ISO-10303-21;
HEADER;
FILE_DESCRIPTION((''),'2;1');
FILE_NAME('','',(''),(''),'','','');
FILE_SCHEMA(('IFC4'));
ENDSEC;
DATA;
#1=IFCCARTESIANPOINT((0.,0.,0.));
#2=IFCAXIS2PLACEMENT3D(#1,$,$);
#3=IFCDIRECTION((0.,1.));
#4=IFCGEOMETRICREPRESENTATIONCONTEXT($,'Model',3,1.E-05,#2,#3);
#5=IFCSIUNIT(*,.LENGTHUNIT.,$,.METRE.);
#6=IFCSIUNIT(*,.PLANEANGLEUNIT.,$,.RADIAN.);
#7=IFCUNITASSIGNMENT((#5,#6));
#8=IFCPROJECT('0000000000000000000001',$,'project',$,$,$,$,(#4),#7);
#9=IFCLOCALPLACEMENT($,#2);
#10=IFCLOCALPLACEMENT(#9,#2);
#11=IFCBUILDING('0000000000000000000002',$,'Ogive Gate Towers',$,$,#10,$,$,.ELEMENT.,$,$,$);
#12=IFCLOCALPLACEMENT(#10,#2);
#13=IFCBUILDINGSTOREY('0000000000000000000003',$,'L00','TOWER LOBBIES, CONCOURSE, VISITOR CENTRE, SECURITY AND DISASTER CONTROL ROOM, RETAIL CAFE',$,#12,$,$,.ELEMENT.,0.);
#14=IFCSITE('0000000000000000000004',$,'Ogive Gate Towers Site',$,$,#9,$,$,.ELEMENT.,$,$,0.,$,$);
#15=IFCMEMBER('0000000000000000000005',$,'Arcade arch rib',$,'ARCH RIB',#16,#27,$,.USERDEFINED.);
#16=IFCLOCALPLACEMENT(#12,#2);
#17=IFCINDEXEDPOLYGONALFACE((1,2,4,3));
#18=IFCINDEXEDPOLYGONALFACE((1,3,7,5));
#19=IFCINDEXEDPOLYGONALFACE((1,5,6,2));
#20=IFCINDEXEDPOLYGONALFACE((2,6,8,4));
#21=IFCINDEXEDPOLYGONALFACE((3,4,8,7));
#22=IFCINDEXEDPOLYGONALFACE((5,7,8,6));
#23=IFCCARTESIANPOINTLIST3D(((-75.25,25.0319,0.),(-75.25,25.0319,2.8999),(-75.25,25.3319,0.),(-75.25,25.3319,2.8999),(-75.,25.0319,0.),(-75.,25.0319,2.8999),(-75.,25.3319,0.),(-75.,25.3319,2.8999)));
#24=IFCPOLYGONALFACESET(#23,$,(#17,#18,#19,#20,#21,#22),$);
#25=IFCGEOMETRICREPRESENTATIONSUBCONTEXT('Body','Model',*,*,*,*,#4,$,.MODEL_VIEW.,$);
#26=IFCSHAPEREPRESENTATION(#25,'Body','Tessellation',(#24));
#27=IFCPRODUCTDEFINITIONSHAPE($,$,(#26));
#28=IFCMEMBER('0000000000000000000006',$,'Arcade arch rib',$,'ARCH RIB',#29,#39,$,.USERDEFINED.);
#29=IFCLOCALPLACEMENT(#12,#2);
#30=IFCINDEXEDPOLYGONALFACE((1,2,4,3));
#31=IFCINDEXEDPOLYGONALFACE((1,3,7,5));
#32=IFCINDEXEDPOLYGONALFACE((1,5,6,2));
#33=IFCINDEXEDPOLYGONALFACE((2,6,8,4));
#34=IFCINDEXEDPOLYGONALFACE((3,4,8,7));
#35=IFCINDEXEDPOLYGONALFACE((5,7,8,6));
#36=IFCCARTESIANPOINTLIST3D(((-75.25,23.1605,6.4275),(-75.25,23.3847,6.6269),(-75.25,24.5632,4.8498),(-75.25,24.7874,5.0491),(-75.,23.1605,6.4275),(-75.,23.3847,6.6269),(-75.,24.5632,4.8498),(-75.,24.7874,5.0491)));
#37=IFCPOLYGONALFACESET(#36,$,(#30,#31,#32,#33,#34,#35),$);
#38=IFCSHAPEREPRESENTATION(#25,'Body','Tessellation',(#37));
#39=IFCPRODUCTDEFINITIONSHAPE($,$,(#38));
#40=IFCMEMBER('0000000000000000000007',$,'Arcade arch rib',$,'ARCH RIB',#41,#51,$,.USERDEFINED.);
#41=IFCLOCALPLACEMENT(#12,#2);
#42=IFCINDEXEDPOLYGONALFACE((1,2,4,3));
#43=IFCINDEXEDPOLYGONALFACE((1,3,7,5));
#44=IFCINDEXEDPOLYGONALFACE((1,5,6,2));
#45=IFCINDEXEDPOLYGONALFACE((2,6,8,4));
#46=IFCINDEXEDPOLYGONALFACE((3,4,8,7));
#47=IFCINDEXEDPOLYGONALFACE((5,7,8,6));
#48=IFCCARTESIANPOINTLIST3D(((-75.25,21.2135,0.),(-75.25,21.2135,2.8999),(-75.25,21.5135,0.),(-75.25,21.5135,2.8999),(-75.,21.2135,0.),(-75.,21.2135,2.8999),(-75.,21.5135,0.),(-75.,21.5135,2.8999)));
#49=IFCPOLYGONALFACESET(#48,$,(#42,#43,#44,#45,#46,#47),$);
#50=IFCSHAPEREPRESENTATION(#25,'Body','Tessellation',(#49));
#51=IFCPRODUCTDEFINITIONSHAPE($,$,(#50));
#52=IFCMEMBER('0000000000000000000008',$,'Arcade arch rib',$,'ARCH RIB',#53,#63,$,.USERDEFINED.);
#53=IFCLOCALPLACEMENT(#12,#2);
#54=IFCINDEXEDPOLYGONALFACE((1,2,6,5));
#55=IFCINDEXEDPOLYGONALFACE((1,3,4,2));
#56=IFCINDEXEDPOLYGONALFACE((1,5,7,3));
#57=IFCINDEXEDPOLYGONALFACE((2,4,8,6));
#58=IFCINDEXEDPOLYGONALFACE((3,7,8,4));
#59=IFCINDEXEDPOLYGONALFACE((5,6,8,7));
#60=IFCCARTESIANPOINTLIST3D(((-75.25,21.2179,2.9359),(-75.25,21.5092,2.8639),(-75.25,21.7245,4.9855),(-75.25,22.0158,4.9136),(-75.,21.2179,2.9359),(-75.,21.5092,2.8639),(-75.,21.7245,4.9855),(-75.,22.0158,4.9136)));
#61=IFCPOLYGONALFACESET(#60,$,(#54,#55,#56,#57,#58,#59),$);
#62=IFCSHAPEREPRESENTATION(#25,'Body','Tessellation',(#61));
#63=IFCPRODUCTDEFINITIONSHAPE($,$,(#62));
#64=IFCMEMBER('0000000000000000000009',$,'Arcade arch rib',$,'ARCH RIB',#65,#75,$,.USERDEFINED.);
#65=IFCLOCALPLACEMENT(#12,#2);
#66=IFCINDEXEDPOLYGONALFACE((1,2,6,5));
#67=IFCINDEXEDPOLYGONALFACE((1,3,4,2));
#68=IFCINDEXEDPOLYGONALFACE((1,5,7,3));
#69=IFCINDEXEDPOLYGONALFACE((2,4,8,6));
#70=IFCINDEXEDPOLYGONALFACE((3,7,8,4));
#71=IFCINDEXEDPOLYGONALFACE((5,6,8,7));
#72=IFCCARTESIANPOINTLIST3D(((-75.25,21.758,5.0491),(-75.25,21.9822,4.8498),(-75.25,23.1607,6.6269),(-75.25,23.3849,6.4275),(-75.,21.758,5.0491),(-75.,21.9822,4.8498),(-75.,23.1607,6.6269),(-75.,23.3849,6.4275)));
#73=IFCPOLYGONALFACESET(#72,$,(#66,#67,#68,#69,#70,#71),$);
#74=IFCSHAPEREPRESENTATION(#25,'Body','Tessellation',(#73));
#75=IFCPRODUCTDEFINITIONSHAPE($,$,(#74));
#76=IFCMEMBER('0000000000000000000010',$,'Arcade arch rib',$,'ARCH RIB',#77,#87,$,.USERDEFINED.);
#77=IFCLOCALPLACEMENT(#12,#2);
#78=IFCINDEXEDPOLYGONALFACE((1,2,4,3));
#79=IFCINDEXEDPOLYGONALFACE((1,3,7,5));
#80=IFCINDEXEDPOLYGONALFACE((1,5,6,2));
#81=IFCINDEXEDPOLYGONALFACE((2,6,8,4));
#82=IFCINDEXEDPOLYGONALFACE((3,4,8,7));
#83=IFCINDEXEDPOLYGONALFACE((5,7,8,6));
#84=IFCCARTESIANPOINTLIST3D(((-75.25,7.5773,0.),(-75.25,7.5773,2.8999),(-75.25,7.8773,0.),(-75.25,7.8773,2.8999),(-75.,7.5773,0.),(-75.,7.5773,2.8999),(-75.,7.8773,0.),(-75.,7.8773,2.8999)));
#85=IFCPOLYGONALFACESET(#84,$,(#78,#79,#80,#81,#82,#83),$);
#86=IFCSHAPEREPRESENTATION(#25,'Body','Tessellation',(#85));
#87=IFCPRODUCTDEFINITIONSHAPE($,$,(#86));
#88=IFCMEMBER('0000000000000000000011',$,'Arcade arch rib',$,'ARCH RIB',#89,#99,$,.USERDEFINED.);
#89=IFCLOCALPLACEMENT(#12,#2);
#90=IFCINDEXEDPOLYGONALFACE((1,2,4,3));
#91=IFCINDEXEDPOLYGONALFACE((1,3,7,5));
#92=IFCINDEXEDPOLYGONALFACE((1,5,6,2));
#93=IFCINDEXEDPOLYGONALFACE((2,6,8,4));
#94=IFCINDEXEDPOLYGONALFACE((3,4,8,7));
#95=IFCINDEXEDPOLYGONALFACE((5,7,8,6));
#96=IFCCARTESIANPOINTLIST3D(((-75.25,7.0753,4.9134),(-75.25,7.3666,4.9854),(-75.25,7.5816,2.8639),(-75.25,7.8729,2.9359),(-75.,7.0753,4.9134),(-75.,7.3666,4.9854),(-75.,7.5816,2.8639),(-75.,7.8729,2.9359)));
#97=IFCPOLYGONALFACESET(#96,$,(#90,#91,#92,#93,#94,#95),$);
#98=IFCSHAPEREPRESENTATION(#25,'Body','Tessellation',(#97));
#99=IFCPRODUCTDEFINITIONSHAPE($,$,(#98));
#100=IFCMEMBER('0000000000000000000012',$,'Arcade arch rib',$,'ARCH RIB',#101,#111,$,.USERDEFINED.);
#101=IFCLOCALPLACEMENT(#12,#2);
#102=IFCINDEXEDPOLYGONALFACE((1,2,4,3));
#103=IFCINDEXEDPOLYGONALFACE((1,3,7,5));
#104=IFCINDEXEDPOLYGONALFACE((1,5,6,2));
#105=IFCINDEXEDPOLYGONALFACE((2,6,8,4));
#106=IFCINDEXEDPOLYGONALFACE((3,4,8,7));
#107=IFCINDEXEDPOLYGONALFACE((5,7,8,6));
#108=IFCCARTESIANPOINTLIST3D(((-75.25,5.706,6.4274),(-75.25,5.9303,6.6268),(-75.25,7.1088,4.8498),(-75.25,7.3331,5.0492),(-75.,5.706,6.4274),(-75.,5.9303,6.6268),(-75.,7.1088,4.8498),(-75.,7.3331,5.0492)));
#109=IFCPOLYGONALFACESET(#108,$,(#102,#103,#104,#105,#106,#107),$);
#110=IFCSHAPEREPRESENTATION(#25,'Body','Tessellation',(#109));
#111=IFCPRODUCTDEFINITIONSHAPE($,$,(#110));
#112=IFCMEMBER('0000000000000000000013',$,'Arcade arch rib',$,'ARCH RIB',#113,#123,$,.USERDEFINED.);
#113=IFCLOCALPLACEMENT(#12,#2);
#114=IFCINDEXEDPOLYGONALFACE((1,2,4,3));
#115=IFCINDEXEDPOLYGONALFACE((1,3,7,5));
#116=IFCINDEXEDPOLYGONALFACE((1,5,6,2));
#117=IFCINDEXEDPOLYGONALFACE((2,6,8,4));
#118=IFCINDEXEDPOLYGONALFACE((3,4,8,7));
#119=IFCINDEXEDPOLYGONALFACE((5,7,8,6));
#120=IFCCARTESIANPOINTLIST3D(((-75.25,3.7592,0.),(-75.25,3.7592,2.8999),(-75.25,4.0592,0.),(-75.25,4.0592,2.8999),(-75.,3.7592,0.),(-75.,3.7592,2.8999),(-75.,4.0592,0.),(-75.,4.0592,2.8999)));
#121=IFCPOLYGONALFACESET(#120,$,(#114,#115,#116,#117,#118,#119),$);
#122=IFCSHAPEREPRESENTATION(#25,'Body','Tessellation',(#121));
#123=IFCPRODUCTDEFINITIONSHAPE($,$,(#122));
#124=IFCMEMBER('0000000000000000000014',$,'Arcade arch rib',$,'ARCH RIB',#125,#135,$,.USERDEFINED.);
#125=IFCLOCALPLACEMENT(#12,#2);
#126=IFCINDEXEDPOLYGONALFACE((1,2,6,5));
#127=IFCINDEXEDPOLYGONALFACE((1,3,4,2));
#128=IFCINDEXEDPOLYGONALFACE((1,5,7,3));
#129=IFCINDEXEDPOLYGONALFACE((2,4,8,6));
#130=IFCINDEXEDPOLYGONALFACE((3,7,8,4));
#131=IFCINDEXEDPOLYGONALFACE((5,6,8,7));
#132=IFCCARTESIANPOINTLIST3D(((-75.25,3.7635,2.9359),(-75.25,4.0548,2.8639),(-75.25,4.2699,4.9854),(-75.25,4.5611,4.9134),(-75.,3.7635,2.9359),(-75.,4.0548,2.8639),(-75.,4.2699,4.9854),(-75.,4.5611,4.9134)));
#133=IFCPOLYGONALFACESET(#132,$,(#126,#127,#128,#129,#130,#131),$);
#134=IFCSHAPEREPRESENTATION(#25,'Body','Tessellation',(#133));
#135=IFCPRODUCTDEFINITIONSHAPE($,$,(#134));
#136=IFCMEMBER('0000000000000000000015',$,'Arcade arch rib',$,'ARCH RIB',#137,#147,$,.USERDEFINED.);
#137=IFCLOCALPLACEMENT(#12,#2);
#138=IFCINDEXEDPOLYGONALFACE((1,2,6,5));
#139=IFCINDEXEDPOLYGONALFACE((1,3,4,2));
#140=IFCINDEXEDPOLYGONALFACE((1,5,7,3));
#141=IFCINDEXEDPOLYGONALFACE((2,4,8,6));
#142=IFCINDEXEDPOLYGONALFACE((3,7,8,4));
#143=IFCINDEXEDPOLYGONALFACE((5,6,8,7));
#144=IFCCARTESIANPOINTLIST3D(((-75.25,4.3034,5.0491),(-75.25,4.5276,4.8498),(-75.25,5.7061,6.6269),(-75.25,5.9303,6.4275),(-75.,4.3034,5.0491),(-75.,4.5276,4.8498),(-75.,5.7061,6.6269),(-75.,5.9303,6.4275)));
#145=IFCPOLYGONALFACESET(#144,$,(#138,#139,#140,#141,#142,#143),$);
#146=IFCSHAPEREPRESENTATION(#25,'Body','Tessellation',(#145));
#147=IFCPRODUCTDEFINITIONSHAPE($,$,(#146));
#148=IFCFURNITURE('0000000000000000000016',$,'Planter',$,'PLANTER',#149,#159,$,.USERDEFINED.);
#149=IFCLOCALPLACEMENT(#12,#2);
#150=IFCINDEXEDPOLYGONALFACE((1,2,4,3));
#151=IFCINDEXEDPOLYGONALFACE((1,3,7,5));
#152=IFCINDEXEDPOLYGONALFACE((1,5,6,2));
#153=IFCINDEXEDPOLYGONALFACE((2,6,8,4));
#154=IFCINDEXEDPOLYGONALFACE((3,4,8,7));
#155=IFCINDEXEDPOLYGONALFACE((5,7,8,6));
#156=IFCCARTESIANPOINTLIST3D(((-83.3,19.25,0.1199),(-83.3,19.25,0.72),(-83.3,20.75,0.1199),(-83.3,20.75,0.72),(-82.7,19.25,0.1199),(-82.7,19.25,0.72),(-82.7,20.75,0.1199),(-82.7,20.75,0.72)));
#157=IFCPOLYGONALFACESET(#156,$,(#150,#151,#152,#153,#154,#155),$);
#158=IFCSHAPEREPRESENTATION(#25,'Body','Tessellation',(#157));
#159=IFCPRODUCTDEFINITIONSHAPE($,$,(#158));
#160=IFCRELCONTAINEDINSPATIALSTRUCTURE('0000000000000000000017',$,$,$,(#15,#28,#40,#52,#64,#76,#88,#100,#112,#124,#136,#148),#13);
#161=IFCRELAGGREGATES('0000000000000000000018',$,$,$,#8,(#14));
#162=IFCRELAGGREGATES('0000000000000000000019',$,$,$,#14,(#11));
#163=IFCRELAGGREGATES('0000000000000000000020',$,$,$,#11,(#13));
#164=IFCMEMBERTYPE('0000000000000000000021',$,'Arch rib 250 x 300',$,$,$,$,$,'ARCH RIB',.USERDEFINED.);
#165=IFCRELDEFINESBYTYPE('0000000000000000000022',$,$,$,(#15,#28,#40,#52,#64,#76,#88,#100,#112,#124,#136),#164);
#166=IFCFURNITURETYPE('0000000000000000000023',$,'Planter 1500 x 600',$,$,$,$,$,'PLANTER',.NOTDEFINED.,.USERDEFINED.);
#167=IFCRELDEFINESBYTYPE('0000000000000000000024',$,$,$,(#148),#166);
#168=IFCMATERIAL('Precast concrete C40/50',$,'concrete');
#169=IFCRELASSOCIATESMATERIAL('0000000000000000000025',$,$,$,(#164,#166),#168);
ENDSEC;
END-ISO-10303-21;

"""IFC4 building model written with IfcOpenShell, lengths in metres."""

from ifc_helpers import new_model, si_unit, direction, frame, origin, origin_2d, place, context, subcontext, project, spatial, rectangle, extrude, material, material_profile, profile_set, type_object, element, save


model = new_model("IFC4")

# Units and contexts
model_context = context("Model", 3, precision=1e-05, world=origin(), true_north=direction((0.0, 1.0)))
body_context = subcontext(model_context, "Body", "Model", "MODEL_VIEW")
ifc_project = project(units=[si_unit("LENGTHUNIT", "METRE"), si_unit("PLANEANGLEUNIT", "RADIAN")], contexts=[model_context])

# Site, building, storey
site_placement = place(None, origin())
site = spatial("IfcSite", under=ifc_project, at=site_placement, Name="Ogive Gate Towers Site", CompositionType="ELEMENT", RefElevation=0.0)
building_placement = place(site_placement, origin())
building = spatial("IfcBuilding", under=site, at=building_placement, Name="Ogive Gate Towers", CompositionType="ELEMENT")
storey_placement = place(building_placement, origin())
storey = spatial("IfcBuildingStorey", under=building, at=storey_placement, Name="L00", Description="TOWER LOBBIES, CONCOURSE, VISITOR CENTRE, SECURITY AND DISASTER CONTROL ROOM, RETAIL CAFE", CompositionType="ELEMENT", Elevation=0.0)

# Members
ifc_material_1 = material(Name="Precast concrete C40/50", Category="concrete")
ifc_material_profile = material_profile(ifc_material_1, rectangle(XDim=0.25, YDim=0.3, at=origin_2d()), Name="250 x 300 cast stone")
ifc_profile_set = profile_set([ifc_material_profile], Name="Precast concrete C40/50")
member_type = type_object("IfcMemberType", Name="Arch rib 250 x 300", ElementType="ARCH RIB", PredefinedType="USERDEFINED", material=ifc_profile_set)
member_1_placement = place(storey_placement, frame((-75.125, 25.1819, 0.0), z_axis=(0.0, 0.0, 1.0), x_axis=(1.0, 0.0, 0.0)))
element("IfcMember", 1, at=member_1_placement, inside=storey, type_object=member_type, Name="Arcade arch rib", ObjectType="ARCH RIB", PredefinedType="USERDEFINED", context=body_context, shape_type="SweptSolid", body=[
    extrude(rectangle(XDim=0.25, YDim=0.3, at=origin_2d()), origin(), (0.0, 0.0, 1.0), 2.8999),
])
member_2_placement = place(storey_placement, frame((-75.125, 24.6753, 4.9495), z_axis=(0.0, -0.664428, 0.747352), x_axis=(1.0, 0.0, 0.0)))
element("IfcMember", 2, at=member_2_placement, inside=storey, type_object=member_type, Name="Arcade arch rib", ObjectType="ARCH RIB", PredefinedType="USERDEFINED", context=body_context, shape_type="SweptSolid", body=[
    extrude(rectangle(XDim=0.25, YDim=0.3, at=origin_2d()), origin(), (0.0, 0.0, 1.0), 2.1111),
])
member_3_placement = place(storey_placement, frame((-75.125, 21.3635, 0.0), z_axis=(0.0, 0.0, 1.0), x_axis=(1.0, 0.0, 0.0)))
element("IfcMember", 3, at=member_3_placement, inside=storey, type_object=member_type, Name="Arcade arch rib", ObjectType="ARCH RIB", PredefinedType="USERDEFINED", context=body_context, shape_type="SweptSolid", body=[
    extrude(rectangle(XDim=0.25, YDim=0.3, at=origin_2d()), origin(), (0.0, 0.0, 1.0), 2.8999),
])
member_4_placement = place(storey_placement, frame((-75.125, 21.3635, 2.8999), z_axis=(0.0, 0.23995, 0.970785), x_axis=(-1.0, 0.0, 0.0)))
element("IfcMember", 4, at=member_4_placement, inside=storey, type_object=member_type, Name="Arcade arch rib", ObjectType="ARCH RIB", PredefinedType="USERDEFINED", context=body_context, shape_type="SweptSolid", body=[
    extrude(rectangle(XDim=0.25, YDim=0.3, at=origin_2d()), origin(), (0.0, 0.0, 1.0), 2.1113),
])
member_5_placement = place(storey_placement, frame((-75.125, 21.8701, 4.9495), z_axis=(0.0, 0.664428, 0.747352), x_axis=(-1.0, 0.0, 0.0)))
element("IfcMember", 5, at=member_5_placement, inside=storey, type_object=member_type, Name="Arcade arch rib", ObjectType="ARCH RIB", PredefinedType="USERDEFINED", context=body_context, shape_type="SweptSolid", body=[
    extrude(rectangle(XDim=0.25, YDim=0.3, at=origin_2d()), origin(), (0.0, 0.0, 1.0), 2.1111),
])
member_6_placement = place(storey_placement, frame((-75.125, 7.7273, 0.0), z_axis=(0.0, 0.0, 1.0), x_axis=(1.0, 0.0, 0.0)))
element("IfcMember", 6, at=member_6_placement, inside=storey, type_object=member_type, Name="Arcade arch rib", ObjectType="ARCH RIB", PredefinedType="USERDEFINED", context=body_context, shape_type="SweptSolid", body=[
    extrude(rectangle(XDim=0.25, YDim=0.3, at=origin_2d()), origin(), (0.0, 0.0, 1.0), 2.8999),
])
for number, where, z_axis, x_axis, name in (
    (7, (-75.125, 7.7273, 2.8999), (0.0, -0.239841, 0.970812), (1.0, 0.0, 0.0), "Arcade arch rib"),
    (8, (-75.125, 7.2209, 4.9495), (0.0, -0.664493, 0.747294), (1.0, 0.0, 0.0), "Arcade arch rib"),
):
    element("IfcMember", number, at=place(storey_placement, frame(where, z_axis=z_axis, x_axis=x_axis)), inside=storey, type_object=member_type, Name=name, ObjectType="ARCH RIB", PredefinedType="USERDEFINED", context=body_context, shape_type="SweptSolid", body=[
        extrude(rectangle(XDim=0.25, YDim=0.3, at=origin_2d()), origin(), (0.0, 0.0, 1.0), 2.1111),
    ])
member_7_placement = place(storey_placement, frame((-75.125, 3.9092, 0.0), z_axis=(0.0, 0.0, 1.0), x_axis=(1.0, 0.0, 0.0)))
element("IfcMember", 9, at=member_7_placement, inside=storey, type_object=member_type, Name="Arcade arch rib", ObjectType="ARCH RIB", PredefinedType="USERDEFINED", context=body_context, shape_type="SweptSolid", body=[
    extrude(rectangle(XDim=0.25, YDim=0.3, at=origin_2d()), origin(), (0.0, 0.0, 1.0), 2.8999),
])
for number, where, z_axis, x_axis, name in (
    (10, (-75.125, 3.9092, 2.8999), (0.0, 0.239841, 0.970812), (-1.0, 0.0, 0.0), "Arcade arch rib"),
    (11, (-75.125, 4.4155, 4.9495), (0.0, 0.664428, 0.747352), (-1.0, 0.0, 0.0), "Arcade arch rib"),
):
    element("IfcMember", number, at=place(storey_placement, frame(where, z_axis=z_axis, x_axis=x_axis)), inside=storey, type_object=member_type, Name=name, ObjectType="ARCH RIB", PredefinedType="USERDEFINED", context=body_context, shape_type="SweptSolid", body=[
        extrude(rectangle(XDim=0.25, YDim=0.3, at=origin_2d()), origin(), (0.0, 0.0, 1.0), 2.1111),
    ])

# Furniture
furniture_type = type_object("IfcFurnitureType", Name="Planter 1500 x 600", ElementType="PLANTER", AssemblyPlace="NOTDEFINED", PredefinedType="USERDEFINED", material=ifc_material_1)
furniture_placement = place(storey_placement, frame((-83.0, 20.0, 0.1199), z_axis=(0.0, 0.0, 1.0), x_axis=(0.0, 1.0, 0.0)))
element("IfcFurniture", 12, at=furniture_placement, inside=storey, type_object=furniture_type, Name="Planter", ObjectType="PLANTER", PredefinedType="USERDEFINED", context=body_context, shape_type="SweptSolid", body=[
    extrude(rectangle(XDim=1.5, YDim=0.6001, at=origin_2d()), origin(), (0.0, 0.0, 1.0), 0.6001),
])

save(model, "model.ifc")
